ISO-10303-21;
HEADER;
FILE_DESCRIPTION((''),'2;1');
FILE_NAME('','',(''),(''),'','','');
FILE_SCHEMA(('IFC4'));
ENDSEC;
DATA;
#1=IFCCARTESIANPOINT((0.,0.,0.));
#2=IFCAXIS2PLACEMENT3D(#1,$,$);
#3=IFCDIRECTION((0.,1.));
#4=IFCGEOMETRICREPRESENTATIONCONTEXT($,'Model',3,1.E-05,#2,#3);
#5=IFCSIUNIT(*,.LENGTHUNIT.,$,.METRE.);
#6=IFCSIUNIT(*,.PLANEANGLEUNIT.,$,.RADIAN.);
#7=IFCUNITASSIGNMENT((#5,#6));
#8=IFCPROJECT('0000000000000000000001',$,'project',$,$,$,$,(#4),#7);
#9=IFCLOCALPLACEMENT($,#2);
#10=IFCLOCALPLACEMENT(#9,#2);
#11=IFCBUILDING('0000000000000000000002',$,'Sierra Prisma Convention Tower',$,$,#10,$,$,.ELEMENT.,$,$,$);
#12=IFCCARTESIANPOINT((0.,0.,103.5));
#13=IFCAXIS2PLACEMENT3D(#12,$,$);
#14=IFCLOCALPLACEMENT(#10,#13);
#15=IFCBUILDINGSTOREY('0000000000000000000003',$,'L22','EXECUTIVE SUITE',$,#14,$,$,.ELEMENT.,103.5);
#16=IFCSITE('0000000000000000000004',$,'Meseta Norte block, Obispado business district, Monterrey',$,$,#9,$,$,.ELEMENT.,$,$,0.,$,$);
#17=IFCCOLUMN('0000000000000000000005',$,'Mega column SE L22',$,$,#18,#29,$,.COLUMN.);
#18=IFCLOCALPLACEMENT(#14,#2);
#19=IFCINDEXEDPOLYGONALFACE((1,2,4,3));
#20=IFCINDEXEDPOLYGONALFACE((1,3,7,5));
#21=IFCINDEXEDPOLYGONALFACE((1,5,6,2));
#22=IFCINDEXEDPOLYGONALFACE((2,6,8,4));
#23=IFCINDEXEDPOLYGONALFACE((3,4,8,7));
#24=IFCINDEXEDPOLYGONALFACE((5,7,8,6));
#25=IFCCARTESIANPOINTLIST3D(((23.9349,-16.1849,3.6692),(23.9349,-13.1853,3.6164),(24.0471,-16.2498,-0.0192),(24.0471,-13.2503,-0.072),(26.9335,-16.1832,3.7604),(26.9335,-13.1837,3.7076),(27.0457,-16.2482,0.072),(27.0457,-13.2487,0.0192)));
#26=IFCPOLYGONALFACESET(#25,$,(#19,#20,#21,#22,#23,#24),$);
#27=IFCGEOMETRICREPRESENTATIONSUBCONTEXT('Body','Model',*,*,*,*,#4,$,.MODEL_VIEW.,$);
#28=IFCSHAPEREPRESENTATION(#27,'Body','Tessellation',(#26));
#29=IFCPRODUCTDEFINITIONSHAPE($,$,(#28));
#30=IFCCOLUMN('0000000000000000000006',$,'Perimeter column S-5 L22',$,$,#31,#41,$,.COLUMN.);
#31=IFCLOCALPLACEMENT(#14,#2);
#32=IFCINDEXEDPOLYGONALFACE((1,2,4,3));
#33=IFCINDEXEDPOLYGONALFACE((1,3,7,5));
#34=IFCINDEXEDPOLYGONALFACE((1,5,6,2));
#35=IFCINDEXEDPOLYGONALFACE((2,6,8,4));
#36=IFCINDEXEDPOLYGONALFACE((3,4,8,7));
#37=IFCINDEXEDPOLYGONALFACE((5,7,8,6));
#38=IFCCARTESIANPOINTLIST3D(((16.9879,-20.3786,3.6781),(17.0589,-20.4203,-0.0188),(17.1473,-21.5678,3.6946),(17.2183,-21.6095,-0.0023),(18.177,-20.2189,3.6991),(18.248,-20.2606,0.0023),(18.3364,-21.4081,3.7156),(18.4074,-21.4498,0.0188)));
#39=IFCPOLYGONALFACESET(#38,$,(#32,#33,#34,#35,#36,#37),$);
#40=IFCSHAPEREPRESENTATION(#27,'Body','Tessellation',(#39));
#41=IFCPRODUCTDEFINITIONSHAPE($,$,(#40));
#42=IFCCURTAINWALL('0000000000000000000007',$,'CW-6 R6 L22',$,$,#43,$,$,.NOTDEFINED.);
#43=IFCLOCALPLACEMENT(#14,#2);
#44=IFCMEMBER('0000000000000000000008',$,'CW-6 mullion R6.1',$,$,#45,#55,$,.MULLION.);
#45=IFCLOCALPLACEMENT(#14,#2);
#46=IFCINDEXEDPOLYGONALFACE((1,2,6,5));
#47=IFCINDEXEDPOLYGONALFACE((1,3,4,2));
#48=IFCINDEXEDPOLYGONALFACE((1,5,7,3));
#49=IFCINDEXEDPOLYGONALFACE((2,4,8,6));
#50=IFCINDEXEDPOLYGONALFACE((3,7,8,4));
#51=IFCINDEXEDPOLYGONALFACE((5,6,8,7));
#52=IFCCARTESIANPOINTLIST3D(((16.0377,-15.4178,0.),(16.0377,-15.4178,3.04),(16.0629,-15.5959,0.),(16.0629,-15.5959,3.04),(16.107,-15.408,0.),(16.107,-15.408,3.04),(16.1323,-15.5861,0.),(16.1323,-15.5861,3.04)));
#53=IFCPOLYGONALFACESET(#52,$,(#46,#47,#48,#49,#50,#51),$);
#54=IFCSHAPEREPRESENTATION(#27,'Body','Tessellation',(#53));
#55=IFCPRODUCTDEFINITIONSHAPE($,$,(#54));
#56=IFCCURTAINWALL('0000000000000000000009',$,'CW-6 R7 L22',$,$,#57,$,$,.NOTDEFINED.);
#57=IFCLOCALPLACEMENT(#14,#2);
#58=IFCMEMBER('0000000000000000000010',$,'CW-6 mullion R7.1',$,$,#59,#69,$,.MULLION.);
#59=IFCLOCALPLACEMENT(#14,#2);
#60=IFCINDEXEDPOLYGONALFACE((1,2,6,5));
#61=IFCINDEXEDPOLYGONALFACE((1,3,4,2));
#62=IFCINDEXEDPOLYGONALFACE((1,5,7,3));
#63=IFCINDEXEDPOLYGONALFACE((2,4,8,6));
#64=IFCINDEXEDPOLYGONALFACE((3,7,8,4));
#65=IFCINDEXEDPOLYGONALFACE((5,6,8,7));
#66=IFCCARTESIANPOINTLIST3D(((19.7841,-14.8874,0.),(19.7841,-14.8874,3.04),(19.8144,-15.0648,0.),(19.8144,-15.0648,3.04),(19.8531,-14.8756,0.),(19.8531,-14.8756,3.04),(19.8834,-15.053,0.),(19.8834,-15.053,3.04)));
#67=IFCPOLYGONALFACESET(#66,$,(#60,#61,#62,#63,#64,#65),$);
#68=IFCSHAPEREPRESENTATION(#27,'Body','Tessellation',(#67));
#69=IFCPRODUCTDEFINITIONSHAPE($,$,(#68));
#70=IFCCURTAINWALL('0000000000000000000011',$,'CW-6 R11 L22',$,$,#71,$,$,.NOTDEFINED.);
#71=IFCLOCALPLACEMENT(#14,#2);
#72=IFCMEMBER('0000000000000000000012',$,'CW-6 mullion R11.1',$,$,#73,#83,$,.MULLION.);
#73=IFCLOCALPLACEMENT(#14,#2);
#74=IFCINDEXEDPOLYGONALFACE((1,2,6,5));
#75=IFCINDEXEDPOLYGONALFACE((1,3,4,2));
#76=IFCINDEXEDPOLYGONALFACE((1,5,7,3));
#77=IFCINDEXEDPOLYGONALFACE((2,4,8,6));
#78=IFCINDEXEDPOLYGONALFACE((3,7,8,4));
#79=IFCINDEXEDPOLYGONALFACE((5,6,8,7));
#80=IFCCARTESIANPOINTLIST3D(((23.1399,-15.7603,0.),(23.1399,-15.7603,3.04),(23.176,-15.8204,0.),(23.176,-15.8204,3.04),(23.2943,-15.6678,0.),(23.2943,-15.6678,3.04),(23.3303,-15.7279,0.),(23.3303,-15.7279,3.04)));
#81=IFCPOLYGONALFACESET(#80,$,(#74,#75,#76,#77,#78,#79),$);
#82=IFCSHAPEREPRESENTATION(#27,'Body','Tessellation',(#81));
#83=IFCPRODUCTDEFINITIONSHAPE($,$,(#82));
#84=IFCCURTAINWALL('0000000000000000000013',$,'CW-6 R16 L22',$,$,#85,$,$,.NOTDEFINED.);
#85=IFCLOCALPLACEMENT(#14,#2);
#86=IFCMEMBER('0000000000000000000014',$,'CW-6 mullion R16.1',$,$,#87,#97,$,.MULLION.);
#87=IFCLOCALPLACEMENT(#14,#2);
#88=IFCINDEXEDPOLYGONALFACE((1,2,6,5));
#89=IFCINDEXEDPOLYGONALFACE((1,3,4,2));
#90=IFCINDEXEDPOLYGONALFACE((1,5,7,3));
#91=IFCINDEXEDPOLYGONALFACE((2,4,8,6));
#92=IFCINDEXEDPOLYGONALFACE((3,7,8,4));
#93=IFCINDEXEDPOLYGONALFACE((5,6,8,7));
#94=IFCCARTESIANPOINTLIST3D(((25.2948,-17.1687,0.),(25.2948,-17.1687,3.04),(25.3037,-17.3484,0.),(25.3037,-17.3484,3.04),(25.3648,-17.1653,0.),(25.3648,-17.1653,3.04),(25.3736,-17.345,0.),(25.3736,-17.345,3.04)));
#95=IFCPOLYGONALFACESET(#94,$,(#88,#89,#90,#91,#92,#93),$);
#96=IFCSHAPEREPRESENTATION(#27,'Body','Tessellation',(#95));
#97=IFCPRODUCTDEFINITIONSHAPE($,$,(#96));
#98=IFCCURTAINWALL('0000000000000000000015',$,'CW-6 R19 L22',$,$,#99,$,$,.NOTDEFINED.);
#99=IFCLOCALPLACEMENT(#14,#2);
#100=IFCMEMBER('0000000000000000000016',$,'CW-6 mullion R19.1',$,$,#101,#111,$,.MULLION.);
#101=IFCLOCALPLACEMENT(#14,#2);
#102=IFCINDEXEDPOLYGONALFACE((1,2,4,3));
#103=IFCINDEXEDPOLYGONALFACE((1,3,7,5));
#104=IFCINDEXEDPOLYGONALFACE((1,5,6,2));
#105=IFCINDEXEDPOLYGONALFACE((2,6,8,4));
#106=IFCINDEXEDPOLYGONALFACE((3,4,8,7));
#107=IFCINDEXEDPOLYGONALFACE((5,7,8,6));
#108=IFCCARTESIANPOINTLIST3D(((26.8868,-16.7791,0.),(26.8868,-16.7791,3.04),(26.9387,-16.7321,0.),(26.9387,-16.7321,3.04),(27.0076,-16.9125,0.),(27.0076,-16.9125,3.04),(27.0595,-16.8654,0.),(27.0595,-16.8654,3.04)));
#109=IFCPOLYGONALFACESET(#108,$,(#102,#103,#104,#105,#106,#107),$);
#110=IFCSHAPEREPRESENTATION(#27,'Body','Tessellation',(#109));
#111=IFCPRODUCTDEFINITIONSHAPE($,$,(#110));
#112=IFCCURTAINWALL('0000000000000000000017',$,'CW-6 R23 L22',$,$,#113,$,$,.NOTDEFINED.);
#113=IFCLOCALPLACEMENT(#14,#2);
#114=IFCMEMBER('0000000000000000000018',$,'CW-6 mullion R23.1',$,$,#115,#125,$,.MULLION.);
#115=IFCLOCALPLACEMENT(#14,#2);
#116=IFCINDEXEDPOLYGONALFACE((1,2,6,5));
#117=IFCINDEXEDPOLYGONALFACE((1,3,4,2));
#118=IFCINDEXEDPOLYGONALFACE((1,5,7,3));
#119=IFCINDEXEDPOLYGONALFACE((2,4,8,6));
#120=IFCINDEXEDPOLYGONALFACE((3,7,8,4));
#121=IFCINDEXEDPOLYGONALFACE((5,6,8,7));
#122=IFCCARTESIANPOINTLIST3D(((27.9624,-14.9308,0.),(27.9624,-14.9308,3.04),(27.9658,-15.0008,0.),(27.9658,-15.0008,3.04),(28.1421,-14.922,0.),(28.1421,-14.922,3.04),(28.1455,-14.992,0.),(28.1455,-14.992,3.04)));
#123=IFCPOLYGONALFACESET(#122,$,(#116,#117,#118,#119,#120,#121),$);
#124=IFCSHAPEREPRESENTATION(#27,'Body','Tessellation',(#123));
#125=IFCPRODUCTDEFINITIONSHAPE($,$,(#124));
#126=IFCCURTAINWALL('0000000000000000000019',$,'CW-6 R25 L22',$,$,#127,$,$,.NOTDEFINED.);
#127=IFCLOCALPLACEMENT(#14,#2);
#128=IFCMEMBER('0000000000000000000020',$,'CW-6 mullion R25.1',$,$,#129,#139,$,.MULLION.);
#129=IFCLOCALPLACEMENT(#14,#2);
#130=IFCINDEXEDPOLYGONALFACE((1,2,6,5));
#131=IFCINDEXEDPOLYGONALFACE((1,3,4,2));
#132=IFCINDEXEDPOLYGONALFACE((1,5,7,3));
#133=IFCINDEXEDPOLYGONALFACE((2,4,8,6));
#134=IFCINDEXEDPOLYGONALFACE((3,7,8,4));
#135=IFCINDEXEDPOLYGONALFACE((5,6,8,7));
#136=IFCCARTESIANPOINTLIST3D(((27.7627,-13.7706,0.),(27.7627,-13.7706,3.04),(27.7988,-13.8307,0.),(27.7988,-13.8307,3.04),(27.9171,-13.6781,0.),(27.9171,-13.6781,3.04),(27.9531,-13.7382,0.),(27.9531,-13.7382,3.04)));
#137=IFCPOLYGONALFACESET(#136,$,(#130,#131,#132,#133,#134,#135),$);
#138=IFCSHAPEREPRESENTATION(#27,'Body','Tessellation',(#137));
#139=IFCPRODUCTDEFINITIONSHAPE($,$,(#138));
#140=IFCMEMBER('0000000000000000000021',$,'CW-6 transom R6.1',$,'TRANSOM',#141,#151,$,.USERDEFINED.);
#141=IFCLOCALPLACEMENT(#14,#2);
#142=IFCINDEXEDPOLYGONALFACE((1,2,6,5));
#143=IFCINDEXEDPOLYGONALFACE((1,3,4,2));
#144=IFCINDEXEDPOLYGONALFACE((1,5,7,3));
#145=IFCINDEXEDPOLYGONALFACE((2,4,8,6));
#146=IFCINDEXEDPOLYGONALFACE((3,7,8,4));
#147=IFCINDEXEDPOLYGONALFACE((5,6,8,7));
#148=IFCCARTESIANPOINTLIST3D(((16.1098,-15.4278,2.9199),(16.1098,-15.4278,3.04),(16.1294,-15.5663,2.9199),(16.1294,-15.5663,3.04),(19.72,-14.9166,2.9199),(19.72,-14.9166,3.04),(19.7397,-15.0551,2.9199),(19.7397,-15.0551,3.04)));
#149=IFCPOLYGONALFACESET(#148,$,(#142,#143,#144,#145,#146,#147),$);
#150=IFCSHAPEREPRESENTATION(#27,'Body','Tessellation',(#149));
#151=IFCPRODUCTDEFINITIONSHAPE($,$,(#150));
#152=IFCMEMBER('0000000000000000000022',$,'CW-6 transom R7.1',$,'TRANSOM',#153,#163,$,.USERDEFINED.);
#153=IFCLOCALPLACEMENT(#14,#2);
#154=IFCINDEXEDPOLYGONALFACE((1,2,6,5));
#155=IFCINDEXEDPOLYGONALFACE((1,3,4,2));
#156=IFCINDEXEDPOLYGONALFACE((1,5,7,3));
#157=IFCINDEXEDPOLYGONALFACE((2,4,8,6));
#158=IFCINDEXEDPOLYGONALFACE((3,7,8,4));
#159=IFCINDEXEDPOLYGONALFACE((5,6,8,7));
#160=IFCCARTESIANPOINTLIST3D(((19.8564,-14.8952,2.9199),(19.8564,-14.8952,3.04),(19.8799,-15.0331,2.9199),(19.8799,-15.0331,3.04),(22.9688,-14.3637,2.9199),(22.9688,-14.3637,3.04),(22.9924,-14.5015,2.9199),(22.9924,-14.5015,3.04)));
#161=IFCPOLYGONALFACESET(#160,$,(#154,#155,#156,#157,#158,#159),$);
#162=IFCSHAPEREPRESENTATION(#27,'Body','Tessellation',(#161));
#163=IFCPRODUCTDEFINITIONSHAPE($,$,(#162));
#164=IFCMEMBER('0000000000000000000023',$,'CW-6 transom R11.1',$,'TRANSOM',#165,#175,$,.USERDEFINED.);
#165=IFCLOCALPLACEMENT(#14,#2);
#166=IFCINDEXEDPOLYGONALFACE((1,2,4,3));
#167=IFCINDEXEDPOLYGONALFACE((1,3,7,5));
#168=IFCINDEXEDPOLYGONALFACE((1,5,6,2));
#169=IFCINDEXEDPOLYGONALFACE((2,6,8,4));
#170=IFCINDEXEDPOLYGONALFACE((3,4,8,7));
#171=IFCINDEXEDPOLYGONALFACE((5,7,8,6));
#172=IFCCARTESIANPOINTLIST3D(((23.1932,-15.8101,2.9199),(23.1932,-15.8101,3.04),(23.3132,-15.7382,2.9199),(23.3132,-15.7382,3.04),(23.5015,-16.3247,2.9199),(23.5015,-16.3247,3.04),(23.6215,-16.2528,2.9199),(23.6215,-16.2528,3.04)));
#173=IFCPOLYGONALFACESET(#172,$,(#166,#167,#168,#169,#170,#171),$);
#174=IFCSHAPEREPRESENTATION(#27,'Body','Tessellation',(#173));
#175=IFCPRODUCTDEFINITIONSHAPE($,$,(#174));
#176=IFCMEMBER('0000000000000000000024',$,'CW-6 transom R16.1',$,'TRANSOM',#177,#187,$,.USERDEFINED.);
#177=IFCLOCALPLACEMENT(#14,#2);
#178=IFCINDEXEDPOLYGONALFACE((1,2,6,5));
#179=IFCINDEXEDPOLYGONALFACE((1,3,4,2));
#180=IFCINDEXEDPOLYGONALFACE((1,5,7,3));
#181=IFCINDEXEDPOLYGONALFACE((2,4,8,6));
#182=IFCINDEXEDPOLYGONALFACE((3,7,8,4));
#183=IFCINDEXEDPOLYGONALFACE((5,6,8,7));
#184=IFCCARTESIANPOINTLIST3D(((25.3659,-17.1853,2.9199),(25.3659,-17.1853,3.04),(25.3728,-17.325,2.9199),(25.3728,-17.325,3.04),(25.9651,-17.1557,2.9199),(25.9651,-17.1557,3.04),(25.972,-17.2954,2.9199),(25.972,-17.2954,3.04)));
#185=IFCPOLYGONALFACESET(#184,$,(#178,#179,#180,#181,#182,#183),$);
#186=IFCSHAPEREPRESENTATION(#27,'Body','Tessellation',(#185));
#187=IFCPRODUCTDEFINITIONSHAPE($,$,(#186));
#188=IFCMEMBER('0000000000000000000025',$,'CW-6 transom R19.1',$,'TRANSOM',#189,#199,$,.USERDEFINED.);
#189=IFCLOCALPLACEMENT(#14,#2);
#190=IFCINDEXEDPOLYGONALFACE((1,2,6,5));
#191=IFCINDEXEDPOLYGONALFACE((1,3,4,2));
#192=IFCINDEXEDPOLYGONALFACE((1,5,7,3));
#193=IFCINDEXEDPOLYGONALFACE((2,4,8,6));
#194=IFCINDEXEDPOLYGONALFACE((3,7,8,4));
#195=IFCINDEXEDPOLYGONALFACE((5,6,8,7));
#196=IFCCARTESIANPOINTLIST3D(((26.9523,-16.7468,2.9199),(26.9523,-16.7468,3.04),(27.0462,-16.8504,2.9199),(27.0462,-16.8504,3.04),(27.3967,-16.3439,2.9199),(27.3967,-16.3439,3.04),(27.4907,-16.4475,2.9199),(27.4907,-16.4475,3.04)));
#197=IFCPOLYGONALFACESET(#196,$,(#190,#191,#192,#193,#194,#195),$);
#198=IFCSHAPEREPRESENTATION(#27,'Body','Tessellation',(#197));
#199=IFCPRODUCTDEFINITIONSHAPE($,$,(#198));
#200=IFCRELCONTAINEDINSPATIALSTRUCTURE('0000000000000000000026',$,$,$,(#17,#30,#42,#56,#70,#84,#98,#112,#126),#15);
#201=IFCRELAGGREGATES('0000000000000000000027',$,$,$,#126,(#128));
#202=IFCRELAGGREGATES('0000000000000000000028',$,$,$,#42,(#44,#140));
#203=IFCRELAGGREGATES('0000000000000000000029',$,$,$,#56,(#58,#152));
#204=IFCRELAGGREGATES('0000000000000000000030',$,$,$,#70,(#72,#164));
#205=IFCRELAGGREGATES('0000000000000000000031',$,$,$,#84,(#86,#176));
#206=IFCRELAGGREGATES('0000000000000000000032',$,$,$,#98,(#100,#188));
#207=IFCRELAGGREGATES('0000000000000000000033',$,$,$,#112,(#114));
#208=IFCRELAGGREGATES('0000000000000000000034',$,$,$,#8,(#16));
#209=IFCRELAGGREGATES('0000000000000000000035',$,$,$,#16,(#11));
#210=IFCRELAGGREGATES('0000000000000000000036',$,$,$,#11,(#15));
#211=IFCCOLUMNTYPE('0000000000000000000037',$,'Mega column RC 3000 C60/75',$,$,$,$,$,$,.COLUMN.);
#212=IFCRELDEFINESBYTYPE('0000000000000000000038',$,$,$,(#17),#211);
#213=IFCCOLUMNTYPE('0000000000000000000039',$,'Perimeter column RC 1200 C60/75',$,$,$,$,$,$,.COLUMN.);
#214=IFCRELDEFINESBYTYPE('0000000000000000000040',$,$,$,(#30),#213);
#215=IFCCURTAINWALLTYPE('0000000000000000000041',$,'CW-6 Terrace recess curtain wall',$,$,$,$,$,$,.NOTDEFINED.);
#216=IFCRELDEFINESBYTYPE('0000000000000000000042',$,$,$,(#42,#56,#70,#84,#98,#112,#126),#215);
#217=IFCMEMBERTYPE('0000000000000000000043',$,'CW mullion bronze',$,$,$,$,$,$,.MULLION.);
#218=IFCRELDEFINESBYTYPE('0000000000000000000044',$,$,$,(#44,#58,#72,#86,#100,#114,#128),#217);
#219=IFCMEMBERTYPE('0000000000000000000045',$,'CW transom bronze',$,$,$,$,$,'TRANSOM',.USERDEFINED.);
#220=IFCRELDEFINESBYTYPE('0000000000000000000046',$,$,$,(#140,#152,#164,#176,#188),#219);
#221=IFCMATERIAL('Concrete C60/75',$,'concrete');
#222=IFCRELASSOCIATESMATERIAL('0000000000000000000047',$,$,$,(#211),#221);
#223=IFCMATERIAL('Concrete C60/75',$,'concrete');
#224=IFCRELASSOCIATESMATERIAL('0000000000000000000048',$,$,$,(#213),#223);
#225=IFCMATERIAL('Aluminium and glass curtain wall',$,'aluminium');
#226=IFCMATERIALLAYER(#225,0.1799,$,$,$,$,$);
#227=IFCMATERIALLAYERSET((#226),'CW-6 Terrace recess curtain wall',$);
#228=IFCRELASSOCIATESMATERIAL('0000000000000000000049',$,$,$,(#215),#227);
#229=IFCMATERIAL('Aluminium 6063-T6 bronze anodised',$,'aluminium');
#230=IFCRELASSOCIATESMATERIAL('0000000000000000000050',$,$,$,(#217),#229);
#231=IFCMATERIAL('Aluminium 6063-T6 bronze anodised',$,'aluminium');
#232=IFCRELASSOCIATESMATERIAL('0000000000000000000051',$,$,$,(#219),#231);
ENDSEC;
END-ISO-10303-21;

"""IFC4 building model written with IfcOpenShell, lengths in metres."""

from ifc_helpers import new_model, si_unit, direction, frame, origin, origin_2d, place, context, subcontext, project, spatial, rectangle, extrude, clip, halfspace, material, layer, layer_set, material_profile, profile_set, type_object, element, aggregate, save


model = new_model("IFC4")

# Units and contexts
model_context = context("Model", 3, precision=1e-05, world=origin(), true_north=direction((0.0, 1.0)))
body_context = subcontext(model_context, "Body", "Model", "MODEL_VIEW")
ifc_project = project(units=[si_unit("LENGTHUNIT", "METRE"), si_unit("PLANEANGLEUNIT", "RADIAN")], contexts=[model_context])

# Site, building, storey
site_placement = place(None, origin())
site = spatial("IfcSite", under=ifc_project, at=site_placement, Name="Meseta Norte block, Obispado business district, Monterrey", CompositionType="ELEMENT", RefElevation=0.0)
building_placement = place(site_placement, origin())
building = spatial("IfcBuilding", under=site, at=building_placement, Name="Sierra Prisma Convention Tower", CompositionType="ELEMENT")
storey_placement = place(building_placement, frame((0.0, 0.0, 103.5)))
storey = spatial("IfcBuildingStorey", under=building, at=storey_placement, Name="L22", Description="EXECUTIVE SUITE", CompositionType="ELEMENT", Elevation=103.5)

# Columns
ifc_material_1 = material(Name="Concrete C60/75", Category="concrete")
ifc_material_profile_1 = material_profile(ifc_material_1, rectangle(XDim=3.0, YDim=3.0, at=origin_2d()), Name="Mega column RC 3000 C60/75")
ifc_profile_set_1 = profile_set([ifc_material_profile_1], Name="Concrete C60/75")
column_type_1 = type_object("IfcColumnType", Name="Mega column RC 3000 C60/75", PredefinedType="COLUMN", material=ifc_profile_set_1)
column_1_placement = place(storey_placement, frame((25.5464, -14.7493, 0.0), z_axis=(-0.0304, 0.017607, 0.999383), x_axis=(0.999538, 0.000536, 0.030396)))
element("IfcColumn", 1, at=column_1_placement, inside=storey, type_object=column_type_1, Name="Mega column SE L22", PredefinedType="COLUMN", context=body_context, shape_type="SweptSolid", body=[
    clip(extrude(rectangle(XDim=3.0, YDim=3.0, at=origin_2d()), origin(), (0.0, 0.0, 1.0), 3.7021), halfspace(frame((0.0, 0.0, 3.6907)), False)),
])
ifc_material_2 = material(Name="Concrete C60/75", Category="concrete")
ifc_material_profile_2 = material_profile(ifc_material_2, rectangle(XDim=1.2, YDim=1.2, at=origin_2d()), Name="Perimeter column RC 1200 C60/75")
ifc_profile_set_2 = profile_set([ifc_material_profile_2], Name="Concrete C60/75")
column_type_2 = type_object("IfcColumnType", Name="Perimeter column RC 1200 C60/75", PredefinedType="COLUMN", material=ifc_profile_set_2)
column_2_placement = place(storey_placement, frame((17.7332, -20.9351, 0.0), z_axis=(-0.019197, 0.011281, 0.999752), x_axis=(0.990949, 0.133091, 0.017526)))
element("IfcColumn", 2, at=column_2_placement, inside=storey, type_object=column_type_2, Name="Perimeter column S-5 L22", PredefinedType="COLUMN", context=body_context, shape_type="SweptSolid", body=[
    clip(extrude(rectangle(XDim=1.2, YDim=1.2, at=origin_2d()), origin(), (0.0, 0.0, 1.0), 3.7009), halfspace(frame((0.0, 0.0, 3.6978)), False)),
])

# Curtain walls, members
ifc_material_3 = material(Name="Aluminium and glass curtain wall", Category="aluminium")
ifc_layer_1 = layer(ifc_material_3, 0.1799)
ifc_layer_set_1 = layer_set([ifc_layer_1], Name="CW-6 Terrace recess curtain wall")
curtain_wall_type = type_object("IfcCurtainWallType", Name="CW-6 Terrace recess curtain wall", PredefinedType="NOTDEFINED", material=ifc_layer_set_1)
curtain_wall_1_placement = place(storey_placement, origin())
curtain_wall_1 = element("IfcCurtainWall", 3, at=curtain_wall_1_placement, inside=storey, type_object=curtain_wall_type, Name="CW-6 R6 L22", PredefinedType="NOTDEFINED")
ifc_material_4 = material(Name="Aluminium 6063-T6 bronze anodised", Category="aluminium")
ifc_material_profile_3 = material_profile(ifc_material_4, rectangle(XDim=0.1799, YDim=0.0701, at=origin_2d()), Name="ALU MULLION 70x180")
ifc_profile_set_3 = profile_set([ifc_material_profile_3], Name="Aluminium 6063-T6 bronze anodised")
member_type_1 = type_object("IfcMemberType", Name="CW mullion bronze", PredefinedType="MULLION", material=ifc_profile_set_3)
member_1_placement = place(storey_placement, frame((16.085, -15.502, 0.0), z_axis=(0.0, 0.0, 1.0), x_axis=(-0.140219, 0.99012, 0.0)))
member_1 = element("IfcMember", 4, at=member_1_placement, type_object=member_type_1, Name="CW-6 mullion R6.1", PredefinedType="MULLION", context=body_context, shape_type="SweptSolid", body=[
    extrude(rectangle(XDim=0.1799, YDim=0.0701, at=origin_2d()), origin(), (0.0, 0.0, 1.0), 3.04),
])
curtain_wall_2_placement = place(storey_placement, origin())
curtain_wall_2 = element("IfcCurtainWall", 5, at=curtain_wall_2_placement, inside=storey, type_object=curtain_wall_type, Name="CW-6 R7 L22", PredefinedType="NOTDEFINED")
member_2_placement = place(storey_placement, frame((19.8337, -14.9702, 0.0), z_axis=(0.0, 0.0, 1.0), x_axis=(-0.168396, 0.985719, 0.0)))
member_2 = element("IfcMember", 6, at=member_2_placement, type_object=member_type_1, Name="CW-6 mullion R7.1", PredefinedType="MULLION", context=body_context, shape_type="SweptSolid", body=[
    extrude(rectangle(XDim=0.1799, YDim=0.0701, at=origin_2d()), origin(), (0.0, 0.0, 1.0), 3.04),
])
curtain_wall_3_placement = place(storey_placement, origin())
curtain_wall_3 = element("IfcCurtainWall", 7, at=curtain_wall_3_placement, inside=storey, type_object=curtain_wall_type, Name="CW-6 R11 L22", PredefinedType="NOTDEFINED")
member_3_placement = place(storey_placement, frame((23.2351, -15.7441, 0.0), z_axis=(0.0, 0.0, 1.0), x_axis=(0.857729, 0.514103, 0.0)))
member_3 = element("IfcMember", 8, at=member_3_placement, type_object=member_type_1, Name="CW-6 mullion R11.1", PredefinedType="MULLION", context=body_context, shape_type="SweptSolid", body=[
    extrude(rectangle(XDim=0.1799, YDim=0.0701, at=origin_2d()), origin(), (0.0, 0.0, 1.0), 3.04),
])
curtain_wall_4_placement = place(storey_placement, origin())
curtain_wall_4 = element("IfcCurtainWall", 9, at=curtain_wall_4_placement, inside=storey, type_object=curtain_wall_type, Name="CW-6 R16 L22", PredefinedType="NOTDEFINED")
member_4_placement = place(storey_placement, frame((25.3342, -17.2568, 0.0), z_axis=(0.0, 0.0, 1.0), x_axis=(-0.049068, 0.998795, 0.0)))
member_4 = element("IfcMember", 10, at=member_4_placement, type_object=member_type_1, Name="CW-6 mullion R16.1", PredefinedType="MULLION", context=body_context, shape_type="SweptSolid", body=[
    extrude(rectangle(XDim=0.1799, YDim=0.0701, at=origin_2d()), origin(), (0.0, 0.0, 1.0), 3.04),
])
curtain_wall_5_placement = place(storey_placement, origin())
curtain_wall_5 = element("IfcCurtainWall", 11, at=curtain_wall_5_placement, inside=storey, type_object=curtain_wall_type, Name="CW-6 R19 L22", PredefinedType="NOTDEFINED")
member_5_placement = place(storey_placement, frame((26.9731, -16.8223, 0.0), z_axis=(0.0, 0.0, 1.0), x_axis=(-0.671559, 0.740951, 0.0)))
member_5 = element("IfcMember", 12, at=member_5_placement, type_object=member_type_1, Name="CW-6 mullion R19.1", PredefinedType="MULLION", context=body_context, shape_type="SweptSolid", body=[
    extrude(rectangle(XDim=0.1799, YDim=0.0701, at=origin_2d()), origin(), (0.0, 0.0, 1.0), 3.04),
])
curtain_wall_6_placement = place(storey_placement, origin())
curtain_wall_6 = element("IfcCurtainWall", 13, at=curtain_wall_6_placement, inside=storey, type_object=curtain_wall_type, Name="CW-6 R23 L22", PredefinedType="NOTDEFINED")
member_6_placement = place(storey_placement, frame((28.054, -14.9614, 0.0), z_axis=(0.0, 0.0, 1.0), x_axis=(-0.998795, -0.049068, 0.0)))
member_6 = element("IfcMember", 14, at=member_6_placement, type_object=member_type_1, Name="CW-6 mullion R23.1", PredefinedType="MULLION", context=body_context, shape_type="SweptSolid", body=[
    extrude(rectangle(XDim=0.1799, YDim=0.0701, at=origin_2d()), origin(), (0.0, 0.0, 1.0), 3.04),
])
curtain_wall_7_placement = place(storey_placement, origin())
curtain_wall_7 = element("IfcCurtainWall", 15, at=curtain_wall_7_placement, inside=storey, type_object=curtain_wall_type, Name="CW-6 R25 L22", PredefinedType="NOTDEFINED")
member_7_placement = place(storey_placement, frame((27.8579, -13.7544, 0.0), z_axis=(0.0, 0.0, 1.0), x_axis=(-0.857729, -0.514103, 0.0)))
member_7 = element("IfcMember", 16, at=member_7_placement, type_object=member_type_1, Name="CW-6 mullion R25.1", PredefinedType="MULLION", context=body_context, shape_type="SweptSolid", body=[
    extrude(rectangle(XDim=0.1799, YDim=0.0701, at=origin_2d()), origin(), (0.0, 0.0, 1.0), 3.04),
])

# Members
ifc_material_5 = material(Name="Aluminium 6063-T6 bronze anodised", Category="aluminium")
ifc_material_profile_4 = material_profile(ifc_material_5, rectangle(XDim=0.1399, YDim=0.1201, at=origin_2d()), Name="ALU TRANSOM 120x140")
ifc_profile_set_4 = profile_set([ifc_material_profile_4], Name="Aluminium 6063-T6 bronze anodised")
member_type_2 = type_object("IfcMemberType", Name="CW transom bronze", ElementType="TRANSOM", PredefinedType="USERDEFINED", material=ifc_profile_set_4)
member_8_placement = place(storey_placement, frame((16.1196, -15.4971, 2.98), z_axis=(0.990122, 0.140212, 0.0), x_axis=(-0.140212, 0.990122, 0.0)))
member_8 = element("IfcMember", 17, at=member_8_placement, type_object=member_type_2, Name="CW-6 transom R6.1", ObjectType="TRANSOM", PredefinedType="USERDEFINED", context=body_context, shape_type="SweptSolid", body=[
    extrude(rectangle(XDim=0.1399, YDim=0.1201, at=origin_2d()), origin(), (0.0, 0.0, 1.0), 3.6462),
])
member_9_placement = place(storey_placement, frame((19.8682, -14.9641, 2.98), z_axis=(0.98573, 0.168335, 0.0), x_axis=(-0.168335, 0.98573, 0.0)))
member_9 = element("IfcMember", 18, at=member_9_placement, type_object=member_type_2, Name="CW-6 transom R7.1", ObjectType="TRANSOM", PredefinedType="USERDEFINED", context=body_context, shape_type="SweptSolid", body=[
    extrude(rectangle(XDim=0.1399, YDim=0.1201, at=origin_2d()), origin(), (0.0, 0.0, 1.0), 3.1575),
])
member_10_placement = place(storey_placement, frame((23.2532, -15.7742, 2.98), z_axis=(0.513957, -0.857816, 0.0), x_axis=(0.857816, 0.513957, 0.0)))
member_10 = element("IfcMember", 19, at=member_10_placement, type_object=member_type_2, Name="CW-6 transom R11.1", ObjectType="TRANSOM", PredefinedType="USERDEFINED", context=body_context, shape_type="SweptSolid", body=[
    extrude(rectangle(XDim=0.1399, YDim=0.1201, at=origin_2d()), origin(), (0.0, 0.0, 1.0), 0.5999),
])
member_11_placement = place(storey_placement, frame((25.3694, -17.2551, 2.98), z_axis=(0.998787, 0.049247, 0.0), x_axis=(-0.049247, 0.998787, 0.0)))
member_11 = element("IfcMember", 20, at=member_11_placement, type_object=member_type_2, Name="CW-6 transom R16.1", ObjectType="TRANSOM", PredefinedType="USERDEFINED", context=body_context, shape_type="SweptSolid", body=[
    extrude(rectangle(XDim=0.1399, YDim=0.1201, at=origin_2d()), origin(), (0.0, 0.0, 1.0), 0.5999),
])
member_12_placement = place(storey_placement, frame((26.9993, -16.7986, 2.98), z_axis=(0.74086, 0.671659, 0.0), x_axis=(-0.671659, 0.74086, 0.0)))
member_12 = element("IfcMember", 21, at=member_12_placement, type_object=member_type_2, Name="CW-6 transom R19.1", ObjectType="TRANSOM", PredefinedType="USERDEFINED", context=body_context, shape_type="SweptSolid", body=[
    extrude(rectangle(XDim=0.1399, YDim=0.1201, at=origin_2d()), origin(), (0.0, 0.0, 1.0), 0.5999),
])
aggregate(curtain_wall_7, [member_7])

aggregate(curtain_wall_1, [member_1, member_8])
aggregate(curtain_wall_2, [member_2, member_9])
aggregate(curtain_wall_3, [member_3, member_10])
aggregate(curtain_wall_4, [member_4, member_11])
aggregate(curtain_wall_5, [member_5, member_12])
aggregate(curtain_wall_6, [member_6])

save(model, "model.ifc")
